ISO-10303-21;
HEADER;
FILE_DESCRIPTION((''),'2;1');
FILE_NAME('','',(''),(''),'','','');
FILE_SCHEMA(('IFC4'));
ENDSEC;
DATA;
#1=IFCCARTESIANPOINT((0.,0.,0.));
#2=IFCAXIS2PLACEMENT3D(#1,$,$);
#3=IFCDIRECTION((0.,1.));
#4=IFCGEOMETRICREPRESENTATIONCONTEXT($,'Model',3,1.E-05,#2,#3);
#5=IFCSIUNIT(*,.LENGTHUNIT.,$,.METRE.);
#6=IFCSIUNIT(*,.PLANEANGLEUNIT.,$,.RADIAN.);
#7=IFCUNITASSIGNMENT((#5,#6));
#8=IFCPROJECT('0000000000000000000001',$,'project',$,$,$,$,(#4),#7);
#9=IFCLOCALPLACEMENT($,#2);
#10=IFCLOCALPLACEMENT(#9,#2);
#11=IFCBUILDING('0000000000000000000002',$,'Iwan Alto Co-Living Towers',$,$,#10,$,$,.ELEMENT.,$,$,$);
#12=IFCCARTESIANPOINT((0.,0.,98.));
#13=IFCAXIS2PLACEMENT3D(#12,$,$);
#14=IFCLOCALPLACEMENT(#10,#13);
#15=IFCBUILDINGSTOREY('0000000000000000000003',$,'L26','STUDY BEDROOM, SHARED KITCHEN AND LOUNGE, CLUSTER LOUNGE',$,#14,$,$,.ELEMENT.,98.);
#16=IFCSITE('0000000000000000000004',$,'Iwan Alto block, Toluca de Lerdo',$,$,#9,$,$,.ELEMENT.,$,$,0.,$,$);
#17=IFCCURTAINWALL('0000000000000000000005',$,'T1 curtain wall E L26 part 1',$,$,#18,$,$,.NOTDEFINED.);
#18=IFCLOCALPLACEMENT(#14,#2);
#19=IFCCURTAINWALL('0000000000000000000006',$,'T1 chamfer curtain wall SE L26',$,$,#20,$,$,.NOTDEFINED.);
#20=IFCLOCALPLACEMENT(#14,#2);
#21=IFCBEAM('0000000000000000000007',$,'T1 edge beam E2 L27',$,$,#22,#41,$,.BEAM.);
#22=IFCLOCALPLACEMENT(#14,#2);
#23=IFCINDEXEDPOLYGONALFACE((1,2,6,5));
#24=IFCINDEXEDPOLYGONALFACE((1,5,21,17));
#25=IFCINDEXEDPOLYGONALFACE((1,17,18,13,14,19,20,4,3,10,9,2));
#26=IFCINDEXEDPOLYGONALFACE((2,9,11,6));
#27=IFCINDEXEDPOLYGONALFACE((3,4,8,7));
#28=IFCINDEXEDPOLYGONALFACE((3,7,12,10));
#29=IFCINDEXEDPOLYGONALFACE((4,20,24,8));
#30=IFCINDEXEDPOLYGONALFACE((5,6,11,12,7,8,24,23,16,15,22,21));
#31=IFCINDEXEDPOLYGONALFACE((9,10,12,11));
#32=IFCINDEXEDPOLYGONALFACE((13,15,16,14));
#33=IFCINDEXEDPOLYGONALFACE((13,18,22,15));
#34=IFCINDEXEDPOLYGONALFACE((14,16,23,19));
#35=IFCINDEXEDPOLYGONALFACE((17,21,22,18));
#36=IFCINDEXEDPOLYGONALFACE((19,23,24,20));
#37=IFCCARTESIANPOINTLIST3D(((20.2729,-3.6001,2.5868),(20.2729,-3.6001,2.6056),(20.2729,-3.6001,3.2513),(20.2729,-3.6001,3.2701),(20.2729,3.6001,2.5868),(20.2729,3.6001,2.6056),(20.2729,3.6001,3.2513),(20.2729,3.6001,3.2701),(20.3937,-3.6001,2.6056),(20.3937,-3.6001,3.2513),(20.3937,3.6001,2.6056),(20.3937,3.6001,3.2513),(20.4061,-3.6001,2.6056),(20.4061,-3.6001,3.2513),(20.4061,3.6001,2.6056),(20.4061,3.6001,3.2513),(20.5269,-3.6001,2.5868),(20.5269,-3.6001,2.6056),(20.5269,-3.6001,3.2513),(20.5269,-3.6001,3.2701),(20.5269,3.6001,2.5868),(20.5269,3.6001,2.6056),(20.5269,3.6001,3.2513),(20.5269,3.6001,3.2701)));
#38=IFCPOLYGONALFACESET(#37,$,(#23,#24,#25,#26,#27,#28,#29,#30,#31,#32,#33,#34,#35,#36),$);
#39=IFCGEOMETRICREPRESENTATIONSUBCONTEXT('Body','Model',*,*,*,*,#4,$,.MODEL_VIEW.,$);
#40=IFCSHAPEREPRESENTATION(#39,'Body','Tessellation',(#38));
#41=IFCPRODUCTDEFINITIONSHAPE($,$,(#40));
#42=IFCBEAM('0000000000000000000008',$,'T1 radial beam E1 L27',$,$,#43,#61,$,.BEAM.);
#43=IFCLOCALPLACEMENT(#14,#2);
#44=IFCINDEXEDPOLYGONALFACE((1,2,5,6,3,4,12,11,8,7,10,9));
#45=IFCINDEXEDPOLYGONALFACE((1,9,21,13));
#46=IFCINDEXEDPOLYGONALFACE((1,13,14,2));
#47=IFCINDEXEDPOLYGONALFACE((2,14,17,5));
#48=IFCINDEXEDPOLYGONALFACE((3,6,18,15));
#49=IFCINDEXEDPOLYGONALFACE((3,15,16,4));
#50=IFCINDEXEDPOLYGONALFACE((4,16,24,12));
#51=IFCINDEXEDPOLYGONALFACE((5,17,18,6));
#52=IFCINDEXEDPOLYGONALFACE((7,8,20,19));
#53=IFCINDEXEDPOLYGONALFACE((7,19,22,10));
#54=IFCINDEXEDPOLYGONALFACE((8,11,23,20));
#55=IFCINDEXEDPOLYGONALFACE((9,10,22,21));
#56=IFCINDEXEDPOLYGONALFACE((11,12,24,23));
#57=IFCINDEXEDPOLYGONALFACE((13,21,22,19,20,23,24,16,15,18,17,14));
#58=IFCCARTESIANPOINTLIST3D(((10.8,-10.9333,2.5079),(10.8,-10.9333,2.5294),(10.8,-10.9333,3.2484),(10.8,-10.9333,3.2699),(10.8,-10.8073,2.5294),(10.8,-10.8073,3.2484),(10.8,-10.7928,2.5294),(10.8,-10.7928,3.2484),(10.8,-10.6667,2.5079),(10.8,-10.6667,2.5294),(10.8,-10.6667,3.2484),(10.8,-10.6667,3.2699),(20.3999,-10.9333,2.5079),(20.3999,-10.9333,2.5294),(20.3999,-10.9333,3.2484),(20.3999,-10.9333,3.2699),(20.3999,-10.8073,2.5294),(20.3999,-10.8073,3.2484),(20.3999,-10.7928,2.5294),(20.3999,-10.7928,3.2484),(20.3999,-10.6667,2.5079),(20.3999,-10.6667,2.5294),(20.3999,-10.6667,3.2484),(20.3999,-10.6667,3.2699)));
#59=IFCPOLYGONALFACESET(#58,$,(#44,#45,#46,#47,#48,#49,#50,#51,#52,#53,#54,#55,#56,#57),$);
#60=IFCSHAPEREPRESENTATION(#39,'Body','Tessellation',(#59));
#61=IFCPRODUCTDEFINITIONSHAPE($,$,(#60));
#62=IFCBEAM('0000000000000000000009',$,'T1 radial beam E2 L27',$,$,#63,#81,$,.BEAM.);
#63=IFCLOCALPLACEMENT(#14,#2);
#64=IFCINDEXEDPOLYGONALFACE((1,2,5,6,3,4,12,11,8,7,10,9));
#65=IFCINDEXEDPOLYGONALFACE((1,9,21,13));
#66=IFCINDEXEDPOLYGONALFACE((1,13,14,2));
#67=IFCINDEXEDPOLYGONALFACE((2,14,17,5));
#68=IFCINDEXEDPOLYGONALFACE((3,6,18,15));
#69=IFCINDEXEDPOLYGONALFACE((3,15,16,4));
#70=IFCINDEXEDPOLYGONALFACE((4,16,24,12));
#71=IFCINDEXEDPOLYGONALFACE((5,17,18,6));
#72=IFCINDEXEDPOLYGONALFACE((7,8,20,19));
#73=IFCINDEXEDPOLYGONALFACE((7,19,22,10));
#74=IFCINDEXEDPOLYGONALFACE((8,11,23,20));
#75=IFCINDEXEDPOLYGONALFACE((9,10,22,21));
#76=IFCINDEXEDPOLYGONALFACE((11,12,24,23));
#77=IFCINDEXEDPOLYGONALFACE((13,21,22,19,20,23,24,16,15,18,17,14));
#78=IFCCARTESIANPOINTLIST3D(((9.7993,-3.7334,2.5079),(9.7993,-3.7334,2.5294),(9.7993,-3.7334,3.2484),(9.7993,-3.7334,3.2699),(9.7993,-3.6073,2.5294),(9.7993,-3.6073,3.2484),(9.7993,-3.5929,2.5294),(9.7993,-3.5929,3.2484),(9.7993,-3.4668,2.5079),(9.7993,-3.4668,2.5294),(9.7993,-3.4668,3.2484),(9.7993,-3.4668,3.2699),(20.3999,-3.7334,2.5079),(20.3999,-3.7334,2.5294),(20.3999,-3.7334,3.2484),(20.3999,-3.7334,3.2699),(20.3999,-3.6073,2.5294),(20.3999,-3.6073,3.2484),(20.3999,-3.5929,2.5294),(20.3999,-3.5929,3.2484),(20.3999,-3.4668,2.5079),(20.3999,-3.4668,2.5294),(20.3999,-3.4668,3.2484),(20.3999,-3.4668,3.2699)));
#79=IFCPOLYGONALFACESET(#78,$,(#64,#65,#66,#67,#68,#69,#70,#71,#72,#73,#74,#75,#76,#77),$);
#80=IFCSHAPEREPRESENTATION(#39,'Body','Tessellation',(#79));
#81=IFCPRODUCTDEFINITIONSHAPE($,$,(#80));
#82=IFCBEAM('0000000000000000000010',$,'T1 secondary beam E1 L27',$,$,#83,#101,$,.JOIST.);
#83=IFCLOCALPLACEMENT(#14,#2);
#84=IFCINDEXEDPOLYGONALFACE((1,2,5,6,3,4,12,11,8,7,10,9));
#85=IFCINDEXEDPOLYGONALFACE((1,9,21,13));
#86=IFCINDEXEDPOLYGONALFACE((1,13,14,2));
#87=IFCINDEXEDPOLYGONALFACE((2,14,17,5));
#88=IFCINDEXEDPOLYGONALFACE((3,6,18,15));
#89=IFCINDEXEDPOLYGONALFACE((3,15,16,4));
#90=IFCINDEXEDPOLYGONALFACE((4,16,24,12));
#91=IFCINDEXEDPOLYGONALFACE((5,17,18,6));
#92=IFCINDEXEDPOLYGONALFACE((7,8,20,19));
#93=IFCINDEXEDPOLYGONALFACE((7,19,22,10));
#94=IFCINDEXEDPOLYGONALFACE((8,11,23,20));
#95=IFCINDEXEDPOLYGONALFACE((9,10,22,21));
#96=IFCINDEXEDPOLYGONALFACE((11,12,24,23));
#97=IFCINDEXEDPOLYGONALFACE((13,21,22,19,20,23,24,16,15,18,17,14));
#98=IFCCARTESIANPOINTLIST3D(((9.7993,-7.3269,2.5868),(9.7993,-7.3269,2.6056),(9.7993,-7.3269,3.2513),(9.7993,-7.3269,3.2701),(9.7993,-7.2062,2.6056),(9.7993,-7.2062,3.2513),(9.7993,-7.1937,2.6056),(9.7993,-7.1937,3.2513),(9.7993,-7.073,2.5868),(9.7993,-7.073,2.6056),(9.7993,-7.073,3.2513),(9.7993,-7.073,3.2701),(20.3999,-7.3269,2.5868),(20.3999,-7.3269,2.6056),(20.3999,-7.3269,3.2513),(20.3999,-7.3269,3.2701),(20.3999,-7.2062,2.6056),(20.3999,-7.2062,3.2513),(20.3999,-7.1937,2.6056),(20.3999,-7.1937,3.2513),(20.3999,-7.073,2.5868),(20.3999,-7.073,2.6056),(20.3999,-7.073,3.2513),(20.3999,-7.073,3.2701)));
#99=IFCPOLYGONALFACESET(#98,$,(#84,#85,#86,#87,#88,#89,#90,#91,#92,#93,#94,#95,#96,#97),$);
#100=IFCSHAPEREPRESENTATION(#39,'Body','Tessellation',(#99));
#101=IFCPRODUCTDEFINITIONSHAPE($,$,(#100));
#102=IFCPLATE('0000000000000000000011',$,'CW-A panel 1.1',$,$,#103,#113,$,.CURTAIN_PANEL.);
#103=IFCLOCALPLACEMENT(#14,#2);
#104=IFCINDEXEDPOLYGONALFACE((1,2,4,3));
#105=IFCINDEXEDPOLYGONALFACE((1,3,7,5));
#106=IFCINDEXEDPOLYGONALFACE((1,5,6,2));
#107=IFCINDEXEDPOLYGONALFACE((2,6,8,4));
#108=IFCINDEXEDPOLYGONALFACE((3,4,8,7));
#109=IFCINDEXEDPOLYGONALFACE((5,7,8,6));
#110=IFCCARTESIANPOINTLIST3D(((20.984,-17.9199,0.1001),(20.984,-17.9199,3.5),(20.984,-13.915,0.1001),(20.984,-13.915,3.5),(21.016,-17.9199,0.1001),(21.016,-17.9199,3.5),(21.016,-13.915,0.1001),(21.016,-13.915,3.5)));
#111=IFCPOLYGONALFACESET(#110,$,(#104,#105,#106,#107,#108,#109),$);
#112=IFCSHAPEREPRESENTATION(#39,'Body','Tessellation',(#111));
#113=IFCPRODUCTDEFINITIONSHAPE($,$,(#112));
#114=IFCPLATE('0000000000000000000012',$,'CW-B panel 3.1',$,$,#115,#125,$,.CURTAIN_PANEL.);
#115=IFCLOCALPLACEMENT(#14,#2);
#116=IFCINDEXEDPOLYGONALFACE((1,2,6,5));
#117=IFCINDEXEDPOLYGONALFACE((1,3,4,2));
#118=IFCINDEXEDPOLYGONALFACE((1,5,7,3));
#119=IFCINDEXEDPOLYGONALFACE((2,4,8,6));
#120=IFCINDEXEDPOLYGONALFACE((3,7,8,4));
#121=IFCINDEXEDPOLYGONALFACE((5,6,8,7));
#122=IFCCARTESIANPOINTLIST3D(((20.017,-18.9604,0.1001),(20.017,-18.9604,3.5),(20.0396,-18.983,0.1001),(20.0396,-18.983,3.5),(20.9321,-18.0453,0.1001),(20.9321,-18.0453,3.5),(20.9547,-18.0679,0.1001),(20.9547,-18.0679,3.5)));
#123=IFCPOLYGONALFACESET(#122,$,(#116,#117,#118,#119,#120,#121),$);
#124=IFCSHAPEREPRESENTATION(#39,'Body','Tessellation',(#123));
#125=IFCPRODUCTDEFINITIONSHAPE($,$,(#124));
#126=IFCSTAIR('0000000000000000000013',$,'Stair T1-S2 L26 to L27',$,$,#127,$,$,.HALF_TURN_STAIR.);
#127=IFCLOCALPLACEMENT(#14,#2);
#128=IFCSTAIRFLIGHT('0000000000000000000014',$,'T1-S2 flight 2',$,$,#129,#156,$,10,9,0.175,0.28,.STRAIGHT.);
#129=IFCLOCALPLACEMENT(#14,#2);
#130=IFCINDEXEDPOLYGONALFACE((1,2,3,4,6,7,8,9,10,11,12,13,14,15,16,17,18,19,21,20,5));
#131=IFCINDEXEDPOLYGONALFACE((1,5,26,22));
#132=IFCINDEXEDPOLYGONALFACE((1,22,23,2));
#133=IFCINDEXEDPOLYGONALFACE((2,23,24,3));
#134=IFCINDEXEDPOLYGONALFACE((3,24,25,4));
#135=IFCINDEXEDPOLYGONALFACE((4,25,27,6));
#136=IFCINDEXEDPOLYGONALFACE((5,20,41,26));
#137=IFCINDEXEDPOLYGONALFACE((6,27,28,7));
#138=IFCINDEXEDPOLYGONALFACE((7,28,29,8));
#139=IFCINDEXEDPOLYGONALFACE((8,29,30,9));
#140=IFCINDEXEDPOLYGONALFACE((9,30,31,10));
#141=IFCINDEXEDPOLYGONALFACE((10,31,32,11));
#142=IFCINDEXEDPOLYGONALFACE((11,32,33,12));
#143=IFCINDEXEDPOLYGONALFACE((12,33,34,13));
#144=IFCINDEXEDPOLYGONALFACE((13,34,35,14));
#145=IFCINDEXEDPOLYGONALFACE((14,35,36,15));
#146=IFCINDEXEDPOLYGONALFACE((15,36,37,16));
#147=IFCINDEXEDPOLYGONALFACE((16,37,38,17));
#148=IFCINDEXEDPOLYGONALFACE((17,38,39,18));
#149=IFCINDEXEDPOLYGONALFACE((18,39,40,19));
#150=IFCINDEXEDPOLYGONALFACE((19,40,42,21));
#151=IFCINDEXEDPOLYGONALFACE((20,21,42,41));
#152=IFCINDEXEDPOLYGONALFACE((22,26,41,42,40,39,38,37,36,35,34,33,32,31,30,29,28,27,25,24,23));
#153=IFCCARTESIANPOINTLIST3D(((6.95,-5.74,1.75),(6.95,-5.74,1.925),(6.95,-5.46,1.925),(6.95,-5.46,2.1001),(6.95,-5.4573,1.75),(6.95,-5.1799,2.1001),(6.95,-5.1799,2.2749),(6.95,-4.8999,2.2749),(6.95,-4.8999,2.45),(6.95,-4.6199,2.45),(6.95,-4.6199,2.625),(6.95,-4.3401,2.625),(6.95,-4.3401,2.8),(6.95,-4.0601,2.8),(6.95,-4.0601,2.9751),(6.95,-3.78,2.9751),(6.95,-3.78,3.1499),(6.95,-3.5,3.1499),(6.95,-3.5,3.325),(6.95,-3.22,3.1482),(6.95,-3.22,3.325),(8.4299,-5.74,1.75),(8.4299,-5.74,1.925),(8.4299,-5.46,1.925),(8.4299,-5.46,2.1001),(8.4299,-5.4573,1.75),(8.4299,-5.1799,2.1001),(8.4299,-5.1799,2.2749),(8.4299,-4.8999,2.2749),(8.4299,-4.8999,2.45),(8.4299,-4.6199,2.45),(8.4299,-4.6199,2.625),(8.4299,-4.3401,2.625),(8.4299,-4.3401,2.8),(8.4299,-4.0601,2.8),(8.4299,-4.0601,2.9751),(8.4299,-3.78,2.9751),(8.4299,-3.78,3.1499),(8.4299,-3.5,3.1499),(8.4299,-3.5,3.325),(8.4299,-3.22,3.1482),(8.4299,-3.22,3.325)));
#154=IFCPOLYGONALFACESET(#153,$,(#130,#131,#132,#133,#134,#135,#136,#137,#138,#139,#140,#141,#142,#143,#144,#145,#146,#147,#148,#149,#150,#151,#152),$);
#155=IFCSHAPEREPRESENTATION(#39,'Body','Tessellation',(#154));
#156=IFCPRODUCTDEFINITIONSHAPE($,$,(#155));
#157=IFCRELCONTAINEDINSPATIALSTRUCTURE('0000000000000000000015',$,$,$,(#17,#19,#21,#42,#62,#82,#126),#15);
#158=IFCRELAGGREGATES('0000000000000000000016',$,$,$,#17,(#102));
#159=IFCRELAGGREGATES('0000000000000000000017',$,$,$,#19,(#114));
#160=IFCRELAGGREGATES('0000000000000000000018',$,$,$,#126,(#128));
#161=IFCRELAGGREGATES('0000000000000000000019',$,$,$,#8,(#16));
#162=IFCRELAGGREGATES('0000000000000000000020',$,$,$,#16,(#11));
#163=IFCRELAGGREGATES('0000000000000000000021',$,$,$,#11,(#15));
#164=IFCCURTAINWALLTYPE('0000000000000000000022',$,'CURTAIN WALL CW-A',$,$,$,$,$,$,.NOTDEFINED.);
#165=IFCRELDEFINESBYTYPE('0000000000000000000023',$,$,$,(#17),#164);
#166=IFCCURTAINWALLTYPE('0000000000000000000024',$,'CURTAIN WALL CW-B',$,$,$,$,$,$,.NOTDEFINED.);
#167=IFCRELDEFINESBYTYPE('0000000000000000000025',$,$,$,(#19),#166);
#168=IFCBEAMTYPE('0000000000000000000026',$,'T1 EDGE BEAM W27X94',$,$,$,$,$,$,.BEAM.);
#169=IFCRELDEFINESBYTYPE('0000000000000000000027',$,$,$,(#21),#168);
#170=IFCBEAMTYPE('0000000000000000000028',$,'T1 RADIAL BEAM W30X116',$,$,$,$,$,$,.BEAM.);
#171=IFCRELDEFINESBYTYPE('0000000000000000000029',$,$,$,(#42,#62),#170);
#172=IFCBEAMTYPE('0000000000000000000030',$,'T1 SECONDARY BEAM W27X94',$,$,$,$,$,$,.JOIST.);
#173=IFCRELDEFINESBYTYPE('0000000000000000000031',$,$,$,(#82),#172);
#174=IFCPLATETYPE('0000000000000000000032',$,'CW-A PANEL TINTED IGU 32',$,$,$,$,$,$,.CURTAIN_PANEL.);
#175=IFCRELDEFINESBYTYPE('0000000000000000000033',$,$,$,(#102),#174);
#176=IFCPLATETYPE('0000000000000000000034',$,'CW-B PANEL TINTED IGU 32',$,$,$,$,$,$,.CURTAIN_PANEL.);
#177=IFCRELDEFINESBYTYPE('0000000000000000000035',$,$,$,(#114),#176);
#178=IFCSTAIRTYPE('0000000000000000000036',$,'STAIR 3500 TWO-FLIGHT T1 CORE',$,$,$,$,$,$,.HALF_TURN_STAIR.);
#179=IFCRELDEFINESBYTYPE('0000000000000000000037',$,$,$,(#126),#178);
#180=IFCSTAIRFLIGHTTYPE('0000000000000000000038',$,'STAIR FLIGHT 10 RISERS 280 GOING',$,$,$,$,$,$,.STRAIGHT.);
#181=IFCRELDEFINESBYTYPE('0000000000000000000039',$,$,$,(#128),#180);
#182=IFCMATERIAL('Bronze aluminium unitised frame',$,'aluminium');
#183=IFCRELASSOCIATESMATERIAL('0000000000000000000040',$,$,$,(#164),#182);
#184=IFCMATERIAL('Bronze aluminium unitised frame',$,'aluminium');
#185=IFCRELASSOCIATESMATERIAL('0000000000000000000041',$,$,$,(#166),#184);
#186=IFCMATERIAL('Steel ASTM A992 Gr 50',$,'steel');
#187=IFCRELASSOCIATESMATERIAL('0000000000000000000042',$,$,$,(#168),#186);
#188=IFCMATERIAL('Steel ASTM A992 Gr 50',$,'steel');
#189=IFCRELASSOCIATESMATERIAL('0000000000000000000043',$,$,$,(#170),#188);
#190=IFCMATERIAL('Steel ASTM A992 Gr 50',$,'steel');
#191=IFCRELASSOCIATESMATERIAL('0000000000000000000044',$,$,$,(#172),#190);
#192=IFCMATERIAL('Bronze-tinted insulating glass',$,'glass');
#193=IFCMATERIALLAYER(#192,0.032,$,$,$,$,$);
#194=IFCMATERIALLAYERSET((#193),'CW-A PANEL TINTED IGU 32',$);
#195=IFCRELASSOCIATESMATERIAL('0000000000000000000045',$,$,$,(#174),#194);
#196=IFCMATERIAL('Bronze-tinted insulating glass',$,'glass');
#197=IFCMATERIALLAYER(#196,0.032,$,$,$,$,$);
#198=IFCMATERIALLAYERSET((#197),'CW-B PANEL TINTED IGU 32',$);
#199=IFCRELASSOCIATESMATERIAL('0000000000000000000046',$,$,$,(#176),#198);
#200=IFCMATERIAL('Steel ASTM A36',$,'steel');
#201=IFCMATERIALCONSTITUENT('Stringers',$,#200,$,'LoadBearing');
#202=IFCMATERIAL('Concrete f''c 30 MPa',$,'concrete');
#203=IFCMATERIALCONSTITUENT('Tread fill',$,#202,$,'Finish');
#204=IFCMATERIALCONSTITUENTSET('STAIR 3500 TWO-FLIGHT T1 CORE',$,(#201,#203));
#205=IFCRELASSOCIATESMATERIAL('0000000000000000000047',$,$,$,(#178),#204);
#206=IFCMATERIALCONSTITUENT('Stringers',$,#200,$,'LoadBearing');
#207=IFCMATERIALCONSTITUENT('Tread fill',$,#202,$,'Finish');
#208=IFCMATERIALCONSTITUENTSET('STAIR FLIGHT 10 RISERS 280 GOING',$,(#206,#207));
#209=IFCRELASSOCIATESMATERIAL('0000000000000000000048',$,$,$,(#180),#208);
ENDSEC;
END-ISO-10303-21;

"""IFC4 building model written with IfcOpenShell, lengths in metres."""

from ifc_helpers import new_model, si_unit, direction, frame, origin, origin_2d, place, context, subcontext, project, spatial, polyline, rectangle, i_section, outline, extrude, material, layer, layer_set, constituent, constituent_set, material_profile, profile_set, type_object, element, aggregate, save


model = new_model("IFC4")

# Units and contexts
model_context = context("Model", 3, precision=1e-05, world=origin(), true_north=direction((0.0, 1.0)))
body_context = subcontext(model_context, "Body", "Model", "MODEL_VIEW")
ifc_project = project(units=[si_unit("LENGTHUNIT", "METRE"), si_unit("PLANEANGLEUNIT", "RADIAN")], contexts=[model_context])

# Site, building, storey
site_placement = place(None, origin())
site = spatial("IfcSite", under=ifc_project, at=site_placement, Name="Iwan Alto block, Toluca de Lerdo", CompositionType="ELEMENT", RefElevation=0.0)
building_placement = place(site_placement, origin())
building = spatial("IfcBuilding", under=site, at=building_placement, Name="Iwan Alto Co-Living Towers", CompositionType="ELEMENT")
storey_placement = place(building_placement, frame((0.0, 0.0, 98.0)))
storey = spatial("IfcBuildingStorey", under=building, at=storey_placement, Name="L26", Description="STUDY BEDROOM, SHARED KITCHEN AND LOUNGE, CLUSTER LOUNGE", CompositionType="ELEMENT", Elevation=98.0)

# Curtain wall
ifc_material_1 = material(Name="Bronze aluminium unitised frame", Category="aluminium")
curtain_wall_type_1 = type_object("IfcCurtainWallType", Name="CURTAIN WALL CW-A", PredefinedType="NOTDEFINED", material=ifc_material_1)
curtain_wall_1_placement = place(storey_placement, origin())
curtain_wall_1 = element("IfcCurtainWall", 1, at=curtain_wall_1_placement, inside=storey, type_object=curtain_wall_type_1, Name="T1 curtain wall E L26 part 1", PredefinedType="NOTDEFINED")

# Curtain wall
ifc_material_2 = material(Name="Bronze aluminium unitised frame", Category="aluminium")
curtain_wall_type_2 = type_object("IfcCurtainWallType", Name="CURTAIN WALL CW-B", PredefinedType="NOTDEFINED", material=ifc_material_2)
curtain_wall_2_placement = place(storey_placement, origin())
curtain_wall_2 = element("IfcCurtainWall", 2, at=curtain_wall_2_placement, inside=storey, type_object=curtain_wall_type_2, Name="T1 chamfer curtain wall SE L26", PredefinedType="NOTDEFINED")

# Beams
ifc_material_3 = material(Name="Steel ASTM A992 Gr 50", Category="steel")
ifc_material_profile_1 = material_profile(ifc_material_3, i_section(OverallWidth=0.2539, OverallDepth=0.6833, WebThickness=0.0125, FlangeThickness=0.0188, at=origin_2d()), Name="W27X94")
ifc_profile_set_1 = profile_set([ifc_material_profile_1], Name="Steel ASTM A992 Gr 50")
beam_type_1 = type_object("IfcBeamType", Name="T1 EDGE BEAM W27X94", PredefinedType="BEAM", material=ifc_profile_set_1)
beam_1_placement = place(storey_placement, frame((20.3999, -3.6001, 2.9285), z_axis=(0.0, 1.0, 0.0), x_axis=(-1.0, 0.0, 0.0)))
element("IfcBeam", 3, at=beam_1_placement, inside=storey, type_object=beam_type_1, Name="T1 edge beam E2 L27", PredefinedType="BEAM", context=body_context, shape_type="SweptSolid", body=[
    extrude(i_section(OverallWidth=0.2539, OverallDepth=0.6833, WebThickness=0.0125, FlangeThickness=0.0188, at=origin_2d()), origin(), (0.0, 0.0, 1.0), 7.2002),
])
ifc_material_4 = material(Name="Steel ASTM A992 Gr 50", Category="steel")
ifc_material_profile_2 = material_profile(ifc_material_4, i_section(OverallWidth=0.2666, OverallDepth=0.762, WebThickness=0.0144, FlangeThickness=0.0215, at=origin_2d()), Name="W30X116")
ifc_profile_set_2 = profile_set([ifc_material_profile_2], Name="Steel ASTM A992 Gr 50")
beam_type_2 = type_object("IfcBeamType", Name="T1 RADIAL BEAM W30X116", PredefinedType="BEAM", material=ifc_profile_set_2)
beam_2_placement = place(storey_placement, frame((20.3999, -10.8, 2.8889), z_axis=(-1.0, 0.0, 0.0), x_axis=(0.0, -1.0, 0.0)))
element("IfcBeam", 4, at=beam_2_placement, inside=storey, type_object=beam_type_2, Name="T1 radial beam E1 L27", PredefinedType="BEAM", context=body_context, shape_type="SweptSolid", body=[
    extrude(i_section(OverallWidth=0.2666, OverallDepth=0.762, WebThickness=0.0144, FlangeThickness=0.0215, at=origin_2d()), origin(), (0.0, 0.0, 1.0), 9.5999),
])
beam_3_placement = place(storey_placement, frame((20.3999, -3.6001, 2.8889), z_axis=(-1.0, 0.0, 0.0), x_axis=(0.0, -1.0, 0.0)))
element("IfcBeam", 5, at=beam_3_placement, inside=storey, type_object=beam_type_2, Name="T1 radial beam E2 L27", PredefinedType="BEAM", context=body_context, shape_type="SweptSolid", body=[
    extrude(i_section(OverallWidth=0.2666, OverallDepth=0.762, WebThickness=0.0144, FlangeThickness=0.0215, at=origin_2d()), origin(), (0.0, 0.0, 1.0), 10.6006),
])
ifc_material_5 = material(Name="Steel ASTM A992 Gr 50", Category="steel")
ifc_material_profile_3 = material_profile(ifc_material_5, i_section(OverallWidth=0.2539, OverallDepth=0.6833, WebThickness=0.0125, FlangeThickness=0.0188, at=origin_2d()), Name="W27X94")
ifc_profile_set_3 = profile_set([ifc_material_profile_3], Name="Steel ASTM A992 Gr 50")
beam_type_3 = type_object("IfcBeamType", Name="T1 SECONDARY BEAM W27X94", PredefinedType="JOIST", material=ifc_profile_set_3)
beam_4_placement = place(storey_placement, frame((20.3999, -7.2, 2.9285), z_axis=(-1.0, 0.0, 0.0), x_axis=(0.0, -1.0, 0.0)))
element("IfcBeam", 6, at=beam_4_placement, inside=storey, type_object=beam_type_3, Name="T1 secondary beam E1 L27", PredefinedType="JOIST", context=body_context, shape_type="SweptSolid", body=[
    extrude(i_section(OverallWidth=0.2539, OverallDepth=0.6833, WebThickness=0.0125, FlangeThickness=0.0188, at=origin_2d()), origin(), (0.0, 0.0, 1.0), 10.6006),
])

# Plates
ifc_material_6 = material(Name="Bronze-tinted insulating glass", Category="glass")
ifc_layer_1 = layer(ifc_material_6, 0.032)
ifc_layer_set_1 = layer_set([ifc_layer_1], Name="CW-A PANEL TINTED IGU 32")
plate_type_1 = type_object("IfcPlateType", Name="CW-A PANEL TINTED IGU 32", PredefinedType="CURTAIN_PANEL", material=ifc_layer_set_1)
plate_1_placement = place(storey_placement, frame((21.0, -15.9175, 0.1001), z_axis=(0.0, 0.0, 1.0), x_axis=(0.0, 1.0, 0.0)))
plate_1 = element("IfcPlate", 7, at=plate_1_placement, type_object=plate_type_1, Name="CW-A panel 1.1", PredefinedType="CURTAIN_PANEL", context=body_context, shape_type="SweptSolid", body=[
    extrude(rectangle(XDim=4.0049, YDim=0.032, at=origin_2d()), origin(), (0.0, 0.0, 1.0), 3.3999),
])
aggregate(curtain_wall_1, [plate_1])
ifc_material_7 = material(Name="Bronze-tinted insulating glass", Category="glass")
ifc_layer_2 = layer(ifc_material_7, 0.032)
ifc_layer_set_2 = layer_set([ifc_layer_2], Name="CW-B PANEL TINTED IGU 32")
plate_type_2 = type_object("IfcPlateType", Name="CW-B PANEL TINTED IGU 32", PredefinedType="CURTAIN_PANEL", material=ifc_layer_set_2)
plate_2_placement = place(storey_placement, frame((20.4858, -18.5142, 0.1001), z_axis=(0.0, 0.0, 1.0), x_axis=(0.707107, 0.707107, 0.0)))
plate_2 = element("IfcPlate", 8, at=plate_2_placement, type_object=plate_type_2, Name="CW-B panel 3.1", PredefinedType="CURTAIN_PANEL", context=body_context, shape_type="SweptSolid", body=[
    extrude(rectangle(XDim=1.2942, YDim=0.032, at=origin_2d()), origin(), (0.0, 0.0, 1.0), 3.3999),
])
aggregate(curtain_wall_2, [plate_2])

# Stair, stair flight
ifc_material_8 = material(Name="Steel ASTM A36", Category="steel")
ifc_constituent_1 = constituent(ifc_material_8, Name="Stringers", Category="LoadBearing")
ifc_material_9 = material(Name="Concrete f'c 30 MPa", Category="concrete")
ifc_constituent_2 = constituent(ifc_material_9, Name="Tread fill", Category="Finish")
ifc_constituent_set_1 = constituent_set(constituents=[ifc_constituent_1, ifc_constituent_2], Name="STAIR 3500 TWO-FLIGHT T1 CORE")
stair_type = type_object("IfcStairType", Name="STAIR 3500 TWO-FLIGHT T1 CORE", PredefinedType="HALF_TURN_STAIR", material=ifc_constituent_set_1)
stair_placement = place(storey_placement, origin())
stair = element("IfcStair", 9, at=stair_placement, inside=storey, type_object=stair_type, Name="Stair T1-S2 L26 to L27", PredefinedType="HALF_TURN_STAIR")
ifc_constituent_3 = constituent(ifc_material_8, Name="Stringers", Category="LoadBearing")
ifc_constituent_4 = constituent(ifc_material_9, Name="Tread fill", Category="Finish")
ifc_constituent_set_2 = constituent_set(constituents=[ifc_constituent_3, ifc_constituent_4], Name="STAIR FLIGHT 10 RISERS 280 GOING")
stair_flight_type = type_object("IfcStairFlightType", Name="STAIR FLIGHT 10 RISERS 280 GOING", PredefinedType="STRAIGHT", material=ifc_constituent_set_2)
stair_flight_placement = place(storey_placement, frame((7.6899, -5.74, 1.75), z_axis=(0.0, 0.0, 1.0), x_axis=(0.0, 1.0, 0.0)))
stair_flight = element("IfcStairFlight", 10, at=stair_flight_placement, type_object=stair_flight_type, Name="T1-S2 flight 2", NumberOfRisers=10, NumberOfTreads=9, PredefinedType="STRAIGHT", RiserHeight=0.175, TreadLength=0.28, context=body_context, shape_type="SweptSolid", body=[
    extrude(outline(polyline([(0.0, 0.0), (0.0, 0.175), (0.28, 0.175), (0.28, 0.3501), (0.5601, 0.3501), (0.5601, 0.5249), (0.8401, 0.5249), (0.8401, 0.7), (1.1201, 0.7), (1.1201, 0.875), (1.3999, 0.875), (1.3999, 1.05), (1.6799, 1.05), (1.6799, 1.2251), (1.96, 1.2251), (1.96, 1.3999), (2.24, 1.3999), (2.24, 1.575), (2.52, 1.575), (2.52, 1.75), (2.52, 1.3982), (0.2827, 0.0), (0.0, 0.0)])), frame((0.0, 0.74, 0.0), z_axis=(0.0, -1.0, 0.0), x_axis=(1.0, 0.0, 0.0)), (0.0, 0.0, 1.0), 1.48),
])
aggregate(stair, [stair_flight])

save(model, "model.ifc")
